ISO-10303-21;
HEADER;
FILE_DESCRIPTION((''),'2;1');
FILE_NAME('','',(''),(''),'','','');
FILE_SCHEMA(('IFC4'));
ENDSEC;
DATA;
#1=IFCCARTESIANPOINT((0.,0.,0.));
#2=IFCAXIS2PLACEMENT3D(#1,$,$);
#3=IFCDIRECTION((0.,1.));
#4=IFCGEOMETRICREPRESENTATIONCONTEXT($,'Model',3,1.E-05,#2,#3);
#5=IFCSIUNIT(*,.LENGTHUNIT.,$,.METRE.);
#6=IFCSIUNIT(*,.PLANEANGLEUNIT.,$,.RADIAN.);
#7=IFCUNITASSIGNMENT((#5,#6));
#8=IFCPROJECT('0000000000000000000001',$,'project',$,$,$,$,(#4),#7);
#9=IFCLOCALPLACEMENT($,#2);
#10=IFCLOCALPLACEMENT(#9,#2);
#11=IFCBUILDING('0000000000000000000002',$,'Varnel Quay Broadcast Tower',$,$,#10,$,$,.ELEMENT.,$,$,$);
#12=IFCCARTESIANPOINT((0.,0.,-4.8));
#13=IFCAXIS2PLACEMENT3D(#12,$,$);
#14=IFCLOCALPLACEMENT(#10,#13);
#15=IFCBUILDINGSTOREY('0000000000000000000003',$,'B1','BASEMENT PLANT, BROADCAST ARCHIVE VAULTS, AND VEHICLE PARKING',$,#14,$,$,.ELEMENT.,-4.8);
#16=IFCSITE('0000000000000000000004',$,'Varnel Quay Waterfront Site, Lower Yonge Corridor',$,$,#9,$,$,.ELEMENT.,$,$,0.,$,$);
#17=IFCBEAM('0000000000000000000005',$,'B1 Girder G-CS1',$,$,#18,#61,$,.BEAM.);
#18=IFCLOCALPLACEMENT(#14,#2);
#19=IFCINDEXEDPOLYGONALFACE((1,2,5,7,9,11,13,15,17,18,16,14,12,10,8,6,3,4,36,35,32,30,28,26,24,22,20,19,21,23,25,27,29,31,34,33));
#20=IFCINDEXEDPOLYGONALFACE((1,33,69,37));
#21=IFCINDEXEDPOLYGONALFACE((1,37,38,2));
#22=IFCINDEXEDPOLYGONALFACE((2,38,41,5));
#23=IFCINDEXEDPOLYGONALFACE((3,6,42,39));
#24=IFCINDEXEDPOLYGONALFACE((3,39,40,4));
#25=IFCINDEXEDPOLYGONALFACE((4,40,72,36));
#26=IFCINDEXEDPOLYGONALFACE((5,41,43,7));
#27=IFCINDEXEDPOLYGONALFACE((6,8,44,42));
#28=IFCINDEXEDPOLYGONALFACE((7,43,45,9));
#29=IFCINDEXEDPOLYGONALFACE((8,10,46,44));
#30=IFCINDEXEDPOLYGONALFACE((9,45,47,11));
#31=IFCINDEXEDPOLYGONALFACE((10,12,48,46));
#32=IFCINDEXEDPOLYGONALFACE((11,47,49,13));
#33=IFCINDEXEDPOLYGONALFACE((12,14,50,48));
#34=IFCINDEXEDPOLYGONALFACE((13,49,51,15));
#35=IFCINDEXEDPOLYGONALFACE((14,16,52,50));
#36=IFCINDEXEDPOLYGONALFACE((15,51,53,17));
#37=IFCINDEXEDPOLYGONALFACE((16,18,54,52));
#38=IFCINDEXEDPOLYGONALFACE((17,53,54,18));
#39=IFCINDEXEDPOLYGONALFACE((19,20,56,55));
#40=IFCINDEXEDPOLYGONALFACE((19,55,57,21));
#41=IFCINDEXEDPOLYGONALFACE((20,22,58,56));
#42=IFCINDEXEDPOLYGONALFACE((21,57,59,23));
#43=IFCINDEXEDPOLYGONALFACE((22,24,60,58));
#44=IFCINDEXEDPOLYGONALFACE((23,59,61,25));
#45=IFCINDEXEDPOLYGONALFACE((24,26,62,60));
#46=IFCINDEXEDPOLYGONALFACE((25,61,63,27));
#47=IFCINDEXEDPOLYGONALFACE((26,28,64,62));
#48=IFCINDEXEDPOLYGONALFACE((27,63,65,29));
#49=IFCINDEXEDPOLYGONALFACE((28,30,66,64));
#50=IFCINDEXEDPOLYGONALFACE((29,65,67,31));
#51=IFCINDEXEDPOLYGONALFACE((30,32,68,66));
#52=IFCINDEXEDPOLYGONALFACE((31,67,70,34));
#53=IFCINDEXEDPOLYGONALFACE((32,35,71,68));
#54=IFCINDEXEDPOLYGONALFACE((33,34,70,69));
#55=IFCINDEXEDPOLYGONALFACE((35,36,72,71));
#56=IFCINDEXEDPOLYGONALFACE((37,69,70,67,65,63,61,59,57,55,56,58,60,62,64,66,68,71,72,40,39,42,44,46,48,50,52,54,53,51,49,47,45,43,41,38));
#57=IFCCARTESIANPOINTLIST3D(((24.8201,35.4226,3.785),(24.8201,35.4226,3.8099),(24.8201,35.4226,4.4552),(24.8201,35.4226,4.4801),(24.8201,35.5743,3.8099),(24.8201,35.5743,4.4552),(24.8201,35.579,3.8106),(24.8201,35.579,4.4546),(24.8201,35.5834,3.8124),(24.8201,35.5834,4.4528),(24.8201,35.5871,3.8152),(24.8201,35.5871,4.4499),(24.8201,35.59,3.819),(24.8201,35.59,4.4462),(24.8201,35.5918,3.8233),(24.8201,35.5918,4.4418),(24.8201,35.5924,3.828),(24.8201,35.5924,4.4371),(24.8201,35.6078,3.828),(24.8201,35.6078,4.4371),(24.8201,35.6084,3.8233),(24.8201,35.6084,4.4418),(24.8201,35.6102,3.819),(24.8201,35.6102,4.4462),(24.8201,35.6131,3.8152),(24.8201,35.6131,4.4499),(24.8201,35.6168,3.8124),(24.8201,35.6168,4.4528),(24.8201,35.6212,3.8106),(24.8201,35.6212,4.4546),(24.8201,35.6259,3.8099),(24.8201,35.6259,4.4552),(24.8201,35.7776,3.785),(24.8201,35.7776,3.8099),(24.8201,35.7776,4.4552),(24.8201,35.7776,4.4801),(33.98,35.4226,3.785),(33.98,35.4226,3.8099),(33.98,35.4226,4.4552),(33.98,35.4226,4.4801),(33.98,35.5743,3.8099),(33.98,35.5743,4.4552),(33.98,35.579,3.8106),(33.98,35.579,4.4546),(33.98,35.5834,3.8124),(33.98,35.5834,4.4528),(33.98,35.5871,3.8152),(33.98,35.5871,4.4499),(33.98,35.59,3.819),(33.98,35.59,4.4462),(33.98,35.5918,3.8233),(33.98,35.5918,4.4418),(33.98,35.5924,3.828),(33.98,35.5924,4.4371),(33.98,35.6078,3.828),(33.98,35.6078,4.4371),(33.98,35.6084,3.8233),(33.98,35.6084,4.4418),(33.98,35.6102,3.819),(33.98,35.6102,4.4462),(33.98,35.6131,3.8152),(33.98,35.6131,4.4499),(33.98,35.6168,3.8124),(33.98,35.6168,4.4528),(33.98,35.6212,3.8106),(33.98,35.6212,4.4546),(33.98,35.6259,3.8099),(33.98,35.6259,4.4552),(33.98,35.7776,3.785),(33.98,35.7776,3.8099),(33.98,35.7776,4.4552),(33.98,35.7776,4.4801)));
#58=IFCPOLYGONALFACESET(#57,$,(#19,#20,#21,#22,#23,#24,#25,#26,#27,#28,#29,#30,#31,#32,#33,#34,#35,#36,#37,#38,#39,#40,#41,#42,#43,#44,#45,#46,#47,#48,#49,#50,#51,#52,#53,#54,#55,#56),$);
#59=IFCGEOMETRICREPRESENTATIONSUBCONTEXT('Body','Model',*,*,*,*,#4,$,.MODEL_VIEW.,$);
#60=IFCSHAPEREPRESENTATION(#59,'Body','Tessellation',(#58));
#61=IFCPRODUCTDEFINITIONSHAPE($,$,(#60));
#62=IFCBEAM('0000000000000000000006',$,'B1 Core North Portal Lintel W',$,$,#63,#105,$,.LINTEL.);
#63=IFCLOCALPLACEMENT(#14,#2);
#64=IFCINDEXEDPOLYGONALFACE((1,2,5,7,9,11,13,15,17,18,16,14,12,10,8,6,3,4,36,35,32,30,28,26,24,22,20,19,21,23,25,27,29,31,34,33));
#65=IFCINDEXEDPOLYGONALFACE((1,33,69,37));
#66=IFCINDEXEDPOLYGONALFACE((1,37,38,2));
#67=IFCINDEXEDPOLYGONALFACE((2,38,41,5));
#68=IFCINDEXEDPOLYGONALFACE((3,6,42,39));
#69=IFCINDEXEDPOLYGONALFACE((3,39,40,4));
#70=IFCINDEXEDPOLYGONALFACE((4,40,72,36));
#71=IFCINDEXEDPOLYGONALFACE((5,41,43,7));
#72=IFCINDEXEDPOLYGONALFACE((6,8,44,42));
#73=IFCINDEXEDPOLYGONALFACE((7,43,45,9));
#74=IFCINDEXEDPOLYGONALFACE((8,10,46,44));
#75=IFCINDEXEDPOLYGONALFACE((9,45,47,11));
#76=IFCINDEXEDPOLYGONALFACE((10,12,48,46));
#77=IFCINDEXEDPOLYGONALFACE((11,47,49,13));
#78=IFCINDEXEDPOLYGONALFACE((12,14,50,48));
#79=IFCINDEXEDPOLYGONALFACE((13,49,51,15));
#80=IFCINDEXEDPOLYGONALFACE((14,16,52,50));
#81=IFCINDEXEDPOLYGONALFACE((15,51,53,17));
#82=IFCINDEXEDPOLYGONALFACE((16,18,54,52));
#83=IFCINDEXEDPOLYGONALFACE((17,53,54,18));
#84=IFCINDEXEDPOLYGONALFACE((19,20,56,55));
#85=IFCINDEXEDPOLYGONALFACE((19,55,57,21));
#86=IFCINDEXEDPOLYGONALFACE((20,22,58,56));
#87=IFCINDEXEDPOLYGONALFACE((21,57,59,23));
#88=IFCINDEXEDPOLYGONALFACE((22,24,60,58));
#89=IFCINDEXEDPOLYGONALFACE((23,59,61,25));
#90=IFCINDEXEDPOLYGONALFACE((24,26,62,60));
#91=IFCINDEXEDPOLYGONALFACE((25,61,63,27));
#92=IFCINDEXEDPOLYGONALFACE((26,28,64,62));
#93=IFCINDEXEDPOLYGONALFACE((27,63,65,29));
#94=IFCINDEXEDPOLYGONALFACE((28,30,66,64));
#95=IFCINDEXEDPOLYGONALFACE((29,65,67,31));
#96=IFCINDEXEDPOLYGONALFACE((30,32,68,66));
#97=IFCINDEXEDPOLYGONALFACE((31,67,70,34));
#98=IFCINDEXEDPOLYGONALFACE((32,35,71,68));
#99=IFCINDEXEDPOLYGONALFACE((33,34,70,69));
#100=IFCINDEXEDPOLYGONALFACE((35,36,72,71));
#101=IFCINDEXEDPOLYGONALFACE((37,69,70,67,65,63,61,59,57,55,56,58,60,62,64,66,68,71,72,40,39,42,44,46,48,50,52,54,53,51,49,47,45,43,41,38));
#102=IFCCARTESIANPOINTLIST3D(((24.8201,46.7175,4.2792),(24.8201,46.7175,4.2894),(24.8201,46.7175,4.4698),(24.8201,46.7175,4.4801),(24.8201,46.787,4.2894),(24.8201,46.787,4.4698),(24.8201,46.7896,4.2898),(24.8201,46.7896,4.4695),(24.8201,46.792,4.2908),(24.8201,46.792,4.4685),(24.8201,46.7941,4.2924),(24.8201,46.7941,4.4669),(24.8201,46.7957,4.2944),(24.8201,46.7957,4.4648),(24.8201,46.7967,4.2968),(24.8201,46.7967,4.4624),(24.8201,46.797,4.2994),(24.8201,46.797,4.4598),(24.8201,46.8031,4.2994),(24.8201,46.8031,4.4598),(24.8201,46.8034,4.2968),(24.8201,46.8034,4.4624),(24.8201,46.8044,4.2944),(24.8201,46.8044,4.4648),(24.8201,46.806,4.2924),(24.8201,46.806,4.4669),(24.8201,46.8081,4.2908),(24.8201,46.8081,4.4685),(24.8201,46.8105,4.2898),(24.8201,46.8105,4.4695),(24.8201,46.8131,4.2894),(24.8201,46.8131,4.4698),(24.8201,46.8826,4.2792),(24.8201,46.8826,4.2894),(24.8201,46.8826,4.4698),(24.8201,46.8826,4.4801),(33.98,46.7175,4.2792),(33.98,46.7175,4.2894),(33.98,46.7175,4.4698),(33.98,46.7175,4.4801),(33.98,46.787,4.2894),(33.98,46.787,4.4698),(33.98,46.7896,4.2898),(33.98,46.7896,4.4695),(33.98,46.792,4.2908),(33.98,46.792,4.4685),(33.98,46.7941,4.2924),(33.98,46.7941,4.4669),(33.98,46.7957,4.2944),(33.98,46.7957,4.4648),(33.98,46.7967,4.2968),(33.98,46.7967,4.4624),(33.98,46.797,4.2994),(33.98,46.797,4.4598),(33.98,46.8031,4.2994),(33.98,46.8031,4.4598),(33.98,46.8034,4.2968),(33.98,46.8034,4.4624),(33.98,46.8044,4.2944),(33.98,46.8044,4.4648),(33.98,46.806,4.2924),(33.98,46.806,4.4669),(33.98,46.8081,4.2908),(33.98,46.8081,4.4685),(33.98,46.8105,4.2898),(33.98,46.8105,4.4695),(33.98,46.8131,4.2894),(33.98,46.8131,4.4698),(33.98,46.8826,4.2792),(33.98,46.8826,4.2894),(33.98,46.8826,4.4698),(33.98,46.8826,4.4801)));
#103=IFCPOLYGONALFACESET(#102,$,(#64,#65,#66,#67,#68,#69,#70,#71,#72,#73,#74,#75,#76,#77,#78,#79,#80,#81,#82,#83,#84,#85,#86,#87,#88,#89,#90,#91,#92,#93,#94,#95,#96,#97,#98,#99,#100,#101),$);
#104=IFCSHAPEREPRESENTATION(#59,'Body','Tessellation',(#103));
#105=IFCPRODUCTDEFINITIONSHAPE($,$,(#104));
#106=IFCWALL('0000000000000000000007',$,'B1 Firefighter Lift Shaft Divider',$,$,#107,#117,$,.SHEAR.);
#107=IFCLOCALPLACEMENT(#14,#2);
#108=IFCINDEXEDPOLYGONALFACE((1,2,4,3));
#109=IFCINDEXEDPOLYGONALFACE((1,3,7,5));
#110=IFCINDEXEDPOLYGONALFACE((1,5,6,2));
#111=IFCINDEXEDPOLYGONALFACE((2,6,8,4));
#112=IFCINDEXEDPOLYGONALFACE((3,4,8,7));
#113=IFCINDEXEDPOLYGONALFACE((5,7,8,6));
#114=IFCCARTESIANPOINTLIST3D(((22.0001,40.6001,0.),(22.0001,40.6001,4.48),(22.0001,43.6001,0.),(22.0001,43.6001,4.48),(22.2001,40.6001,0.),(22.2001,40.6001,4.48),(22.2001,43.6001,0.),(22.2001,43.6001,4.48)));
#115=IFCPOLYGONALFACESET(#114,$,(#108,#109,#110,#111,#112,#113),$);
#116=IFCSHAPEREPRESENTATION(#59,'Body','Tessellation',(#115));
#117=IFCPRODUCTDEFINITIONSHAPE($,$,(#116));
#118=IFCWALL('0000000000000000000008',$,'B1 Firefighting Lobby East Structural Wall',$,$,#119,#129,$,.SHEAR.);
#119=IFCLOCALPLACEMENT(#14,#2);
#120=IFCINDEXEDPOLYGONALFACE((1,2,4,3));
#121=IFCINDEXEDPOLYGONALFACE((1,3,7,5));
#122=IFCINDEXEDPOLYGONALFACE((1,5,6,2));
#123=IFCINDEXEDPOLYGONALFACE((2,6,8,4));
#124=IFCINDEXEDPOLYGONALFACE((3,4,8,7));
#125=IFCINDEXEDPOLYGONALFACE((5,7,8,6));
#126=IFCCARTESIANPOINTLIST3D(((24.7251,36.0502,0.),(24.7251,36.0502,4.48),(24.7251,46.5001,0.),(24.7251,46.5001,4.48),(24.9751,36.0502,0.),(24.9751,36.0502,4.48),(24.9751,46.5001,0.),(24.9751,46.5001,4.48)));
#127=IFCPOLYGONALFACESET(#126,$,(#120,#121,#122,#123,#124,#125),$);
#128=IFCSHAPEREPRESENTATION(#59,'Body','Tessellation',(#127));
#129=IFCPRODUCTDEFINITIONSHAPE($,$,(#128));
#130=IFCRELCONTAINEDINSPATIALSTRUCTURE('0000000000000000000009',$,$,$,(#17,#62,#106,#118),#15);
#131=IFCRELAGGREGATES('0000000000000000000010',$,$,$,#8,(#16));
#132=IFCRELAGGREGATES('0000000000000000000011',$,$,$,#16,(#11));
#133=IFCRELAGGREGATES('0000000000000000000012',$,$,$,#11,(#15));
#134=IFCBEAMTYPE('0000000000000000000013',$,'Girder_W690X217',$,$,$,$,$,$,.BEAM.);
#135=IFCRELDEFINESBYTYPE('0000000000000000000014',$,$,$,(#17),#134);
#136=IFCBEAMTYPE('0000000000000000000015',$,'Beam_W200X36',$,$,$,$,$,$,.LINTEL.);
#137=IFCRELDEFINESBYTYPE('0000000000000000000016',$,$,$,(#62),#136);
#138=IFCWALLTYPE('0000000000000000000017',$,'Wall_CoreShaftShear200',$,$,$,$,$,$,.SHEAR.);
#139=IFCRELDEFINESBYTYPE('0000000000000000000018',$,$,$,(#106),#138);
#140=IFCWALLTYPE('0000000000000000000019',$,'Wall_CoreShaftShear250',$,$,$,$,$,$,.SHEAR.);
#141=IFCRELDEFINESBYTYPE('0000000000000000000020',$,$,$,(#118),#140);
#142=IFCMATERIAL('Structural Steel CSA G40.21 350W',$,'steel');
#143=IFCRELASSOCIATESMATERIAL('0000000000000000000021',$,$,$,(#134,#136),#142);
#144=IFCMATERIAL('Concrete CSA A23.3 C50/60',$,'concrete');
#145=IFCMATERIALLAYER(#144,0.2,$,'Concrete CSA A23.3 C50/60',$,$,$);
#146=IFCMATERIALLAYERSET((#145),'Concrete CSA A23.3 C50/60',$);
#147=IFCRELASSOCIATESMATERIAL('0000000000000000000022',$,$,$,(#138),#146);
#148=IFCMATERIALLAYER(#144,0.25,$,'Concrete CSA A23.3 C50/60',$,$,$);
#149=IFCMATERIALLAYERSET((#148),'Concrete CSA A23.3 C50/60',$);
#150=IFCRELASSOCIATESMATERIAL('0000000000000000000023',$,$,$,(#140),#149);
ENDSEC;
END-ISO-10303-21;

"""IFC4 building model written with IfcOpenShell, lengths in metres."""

from ifc_helpers import new_model, si_unit, direction, frame, frame_2d, origin, origin_2d, place, context, subcontext, project, spatial, rectangle, i_section, extrude, source, transform, mapped, material, layer, layer_set, material_profile, profile_set, type_object, type_shapes, element, save


model = new_model("IFC4")

# Units and contexts
model_context = context("Model", 3, precision=1e-05, world=origin(), true_north=direction((0.0, 1.0)))
body_context = subcontext(model_context, "Body", "Model", "MODEL_VIEW")
ifc_project = project(units=[si_unit("LENGTHUNIT", "METRE"), si_unit("PLANEANGLEUNIT", "RADIAN")], contexts=[model_context])

# Site, building, storey
site_placement = place(None, origin())
site = spatial("IfcSite", under=ifc_project, at=site_placement, Name="Varnel Quay Waterfront Site, Lower Yonge Corridor", CompositionType="ELEMENT", RefElevation=0.0)
building_placement = place(site_placement, origin())
building = spatial("IfcBuilding", under=site, at=building_placement, Name="Varnel Quay Broadcast Tower", CompositionType="ELEMENT")
storey_placement = place(building_placement, frame((0.0, 0.0, -4.8)))
storey = spatial("IfcBuildingStorey", under=building, at=storey_placement, Name="B1", Description="BASEMENT PLANT, BROADCAST ARCHIVE VAULTS, AND VEHICLE PARKING", CompositionType="ELEMENT", Elevation=-4.8)

# Beams
ifc_material_1 = material(Name="Structural Steel CSA G40.21 350W", Category="steel")
ifc_material_profile_1 = material_profile(ifc_material_1, i_section(OverallWidth=0.355, OverallDepth=0.6951, WebThickness=0.0154, FlangeThickness=0.0249, FilletRadius=0.0181, at=origin_2d()), Name="W690X217")
ifc_profile_set_1 = profile_set([ifc_material_profile_1], Name="Structural Steel CSA G40.21 350W")
beam_type_1 = type_object("IfcBeamType", Name="Girder_W690X217", PredefinedType="BEAM", material=ifc_profile_set_1)
shared_shape_1 = source(origin(), body_context, "Body", "SweptSolid", [
    extrude(i_section(OverallWidth=0.355, OverallDepth=0.6951, WebThickness=0.0154, FlangeThickness=0.0249, FilletRadius=0.0181, at=origin_2d()), origin(), (0.0, 0.0, 1.0), 9.1599),
])
beam_1_placement = place(storey_placement, frame((24.8201, 35.6001, 4.1326), z_axis=(1.0, 0.0, 0.0), x_axis=(0.0, 1.0, 0.0)))
element("IfcBeam", 1, at=beam_1_placement, inside=storey, type_object=beam_type_1, Name="B1 Girder G-CS1", PredefinedType="BEAM", context=body_context, shape_type="MappedRepresentation", body=[
    mapped(shared_shape_1, transform((0.0, 0.0, 0.0), x_axis=(1.0, 0.0, 0.0), y_axis=(0.0, 1.0, 0.0), z_axis=(0.0, 0.0, 1.0), scale=1.0)),
])
ifc_material_profile_2 = material_profile(ifc_material_1, i_section(OverallWidth=0.165, OverallDepth=0.2009, WebThickness=0.0061, FlangeThickness=0.0103, FilletRadius=0.01, at=origin_2d()), Name="W200X36")
ifc_profile_set_2 = profile_set([ifc_material_profile_2], Name="Structural Steel CSA G40.21 350W")
beam_type_2 = type_object("IfcBeamType", Name="Beam_W200X36", PredefinedType="LINTEL", material=ifc_profile_set_2)
shared_shape_2 = source(origin(), body_context, "Body", "SweptSolid", [
    extrude(i_section(OverallWidth=0.165, OverallDepth=0.2009, WebThickness=0.0061, FlangeThickness=0.0103, FilletRadius=0.01, at=origin_2d()), origin(), (0.0, 0.0, 1.0), 9.1599),
])
type_shapes(beam_type_2, [shared_shape_2])
beam_2_placement = place(storey_placement, frame((24.8201, 46.8, 4.3796), z_axis=(1.0, 0.0, 0.0), x_axis=(0.0, 1.0, 0.0)))
element("IfcBeam", 2, at=beam_2_placement, inside=storey, type_object=beam_type_2, Name="B1 Core North Portal Lintel W", PredefinedType="LINTEL", context=body_context, shape_type="MappedRepresentation", body=[
    mapped(shared_shape_2, transform((0.0, 0.0, 0.0), x_axis=(1.0, 0.0, 0.0), y_axis=(0.0, 1.0, 0.0), z_axis=(0.0, 0.0, 1.0), scale=1.0)),
])

# Walls
ifc_material_2 = material(Name="Concrete CSA A23.3 C50/60", Category="concrete")
ifc_layer_1 = layer(ifc_material_2, 0.2, Name="Concrete CSA A23.3 C50/60")
ifc_layer_set_1 = layer_set([ifc_layer_1], Name="Concrete CSA A23.3 C50/60")
wall_type_1 = type_object("IfcWallType", Name="Wall_CoreShaftShear200", PredefinedType="SHEAR", material=ifc_layer_set_1)
wall_1_placement = place(storey_placement, frame((22.1001, 40.6001, 0.0), z_axis=(0.0, 0.0, 1.0), x_axis=(0.0, 1.0, 0.0)))
element("IfcWall", 3, at=wall_1_placement, inside=storey, type_object=wall_type_1, Name="B1 Firefighter Lift Shaft Divider", PredefinedType="SHEAR", context=body_context, shape_type="SweptSolid", body=[
    extrude(rectangle(XDim=3.0, YDim=0.2, at=frame_2d((1.5, 0.0))), origin(), (0.0, 0.0, 1.0), 4.48),
])
ifc_layer_2 = layer(ifc_material_2, 0.25, Name="Concrete CSA A23.3 C50/60")
ifc_layer_set_2 = layer_set([ifc_layer_2], Name="Concrete CSA A23.3 C50/60")
wall_type_2 = type_object("IfcWallType", Name="Wall_CoreShaftShear250", PredefinedType="SHEAR", material=ifc_layer_set_2)
wall_2_placement = place(storey_placement, frame((24.8501, 36.05, 0.0), z_axis=(0.0, 0.0, 1.0), x_axis=(0.0, 1.0, 0.0)))
element("IfcWall", 4, at=wall_2_placement, inside=storey, type_object=wall_type_2, Name="B1 Firefighting Lobby East Structural Wall", PredefinedType="SHEAR", context=body_context, shape_type="SweptSolid", body=[
    extrude(rectangle(XDim=10.45, YDim=0.25, at=frame_2d((5.2251, 0.0))), origin(), (0.0, 0.0, 1.0), 4.48),
])

save(model, "model.ifc")
